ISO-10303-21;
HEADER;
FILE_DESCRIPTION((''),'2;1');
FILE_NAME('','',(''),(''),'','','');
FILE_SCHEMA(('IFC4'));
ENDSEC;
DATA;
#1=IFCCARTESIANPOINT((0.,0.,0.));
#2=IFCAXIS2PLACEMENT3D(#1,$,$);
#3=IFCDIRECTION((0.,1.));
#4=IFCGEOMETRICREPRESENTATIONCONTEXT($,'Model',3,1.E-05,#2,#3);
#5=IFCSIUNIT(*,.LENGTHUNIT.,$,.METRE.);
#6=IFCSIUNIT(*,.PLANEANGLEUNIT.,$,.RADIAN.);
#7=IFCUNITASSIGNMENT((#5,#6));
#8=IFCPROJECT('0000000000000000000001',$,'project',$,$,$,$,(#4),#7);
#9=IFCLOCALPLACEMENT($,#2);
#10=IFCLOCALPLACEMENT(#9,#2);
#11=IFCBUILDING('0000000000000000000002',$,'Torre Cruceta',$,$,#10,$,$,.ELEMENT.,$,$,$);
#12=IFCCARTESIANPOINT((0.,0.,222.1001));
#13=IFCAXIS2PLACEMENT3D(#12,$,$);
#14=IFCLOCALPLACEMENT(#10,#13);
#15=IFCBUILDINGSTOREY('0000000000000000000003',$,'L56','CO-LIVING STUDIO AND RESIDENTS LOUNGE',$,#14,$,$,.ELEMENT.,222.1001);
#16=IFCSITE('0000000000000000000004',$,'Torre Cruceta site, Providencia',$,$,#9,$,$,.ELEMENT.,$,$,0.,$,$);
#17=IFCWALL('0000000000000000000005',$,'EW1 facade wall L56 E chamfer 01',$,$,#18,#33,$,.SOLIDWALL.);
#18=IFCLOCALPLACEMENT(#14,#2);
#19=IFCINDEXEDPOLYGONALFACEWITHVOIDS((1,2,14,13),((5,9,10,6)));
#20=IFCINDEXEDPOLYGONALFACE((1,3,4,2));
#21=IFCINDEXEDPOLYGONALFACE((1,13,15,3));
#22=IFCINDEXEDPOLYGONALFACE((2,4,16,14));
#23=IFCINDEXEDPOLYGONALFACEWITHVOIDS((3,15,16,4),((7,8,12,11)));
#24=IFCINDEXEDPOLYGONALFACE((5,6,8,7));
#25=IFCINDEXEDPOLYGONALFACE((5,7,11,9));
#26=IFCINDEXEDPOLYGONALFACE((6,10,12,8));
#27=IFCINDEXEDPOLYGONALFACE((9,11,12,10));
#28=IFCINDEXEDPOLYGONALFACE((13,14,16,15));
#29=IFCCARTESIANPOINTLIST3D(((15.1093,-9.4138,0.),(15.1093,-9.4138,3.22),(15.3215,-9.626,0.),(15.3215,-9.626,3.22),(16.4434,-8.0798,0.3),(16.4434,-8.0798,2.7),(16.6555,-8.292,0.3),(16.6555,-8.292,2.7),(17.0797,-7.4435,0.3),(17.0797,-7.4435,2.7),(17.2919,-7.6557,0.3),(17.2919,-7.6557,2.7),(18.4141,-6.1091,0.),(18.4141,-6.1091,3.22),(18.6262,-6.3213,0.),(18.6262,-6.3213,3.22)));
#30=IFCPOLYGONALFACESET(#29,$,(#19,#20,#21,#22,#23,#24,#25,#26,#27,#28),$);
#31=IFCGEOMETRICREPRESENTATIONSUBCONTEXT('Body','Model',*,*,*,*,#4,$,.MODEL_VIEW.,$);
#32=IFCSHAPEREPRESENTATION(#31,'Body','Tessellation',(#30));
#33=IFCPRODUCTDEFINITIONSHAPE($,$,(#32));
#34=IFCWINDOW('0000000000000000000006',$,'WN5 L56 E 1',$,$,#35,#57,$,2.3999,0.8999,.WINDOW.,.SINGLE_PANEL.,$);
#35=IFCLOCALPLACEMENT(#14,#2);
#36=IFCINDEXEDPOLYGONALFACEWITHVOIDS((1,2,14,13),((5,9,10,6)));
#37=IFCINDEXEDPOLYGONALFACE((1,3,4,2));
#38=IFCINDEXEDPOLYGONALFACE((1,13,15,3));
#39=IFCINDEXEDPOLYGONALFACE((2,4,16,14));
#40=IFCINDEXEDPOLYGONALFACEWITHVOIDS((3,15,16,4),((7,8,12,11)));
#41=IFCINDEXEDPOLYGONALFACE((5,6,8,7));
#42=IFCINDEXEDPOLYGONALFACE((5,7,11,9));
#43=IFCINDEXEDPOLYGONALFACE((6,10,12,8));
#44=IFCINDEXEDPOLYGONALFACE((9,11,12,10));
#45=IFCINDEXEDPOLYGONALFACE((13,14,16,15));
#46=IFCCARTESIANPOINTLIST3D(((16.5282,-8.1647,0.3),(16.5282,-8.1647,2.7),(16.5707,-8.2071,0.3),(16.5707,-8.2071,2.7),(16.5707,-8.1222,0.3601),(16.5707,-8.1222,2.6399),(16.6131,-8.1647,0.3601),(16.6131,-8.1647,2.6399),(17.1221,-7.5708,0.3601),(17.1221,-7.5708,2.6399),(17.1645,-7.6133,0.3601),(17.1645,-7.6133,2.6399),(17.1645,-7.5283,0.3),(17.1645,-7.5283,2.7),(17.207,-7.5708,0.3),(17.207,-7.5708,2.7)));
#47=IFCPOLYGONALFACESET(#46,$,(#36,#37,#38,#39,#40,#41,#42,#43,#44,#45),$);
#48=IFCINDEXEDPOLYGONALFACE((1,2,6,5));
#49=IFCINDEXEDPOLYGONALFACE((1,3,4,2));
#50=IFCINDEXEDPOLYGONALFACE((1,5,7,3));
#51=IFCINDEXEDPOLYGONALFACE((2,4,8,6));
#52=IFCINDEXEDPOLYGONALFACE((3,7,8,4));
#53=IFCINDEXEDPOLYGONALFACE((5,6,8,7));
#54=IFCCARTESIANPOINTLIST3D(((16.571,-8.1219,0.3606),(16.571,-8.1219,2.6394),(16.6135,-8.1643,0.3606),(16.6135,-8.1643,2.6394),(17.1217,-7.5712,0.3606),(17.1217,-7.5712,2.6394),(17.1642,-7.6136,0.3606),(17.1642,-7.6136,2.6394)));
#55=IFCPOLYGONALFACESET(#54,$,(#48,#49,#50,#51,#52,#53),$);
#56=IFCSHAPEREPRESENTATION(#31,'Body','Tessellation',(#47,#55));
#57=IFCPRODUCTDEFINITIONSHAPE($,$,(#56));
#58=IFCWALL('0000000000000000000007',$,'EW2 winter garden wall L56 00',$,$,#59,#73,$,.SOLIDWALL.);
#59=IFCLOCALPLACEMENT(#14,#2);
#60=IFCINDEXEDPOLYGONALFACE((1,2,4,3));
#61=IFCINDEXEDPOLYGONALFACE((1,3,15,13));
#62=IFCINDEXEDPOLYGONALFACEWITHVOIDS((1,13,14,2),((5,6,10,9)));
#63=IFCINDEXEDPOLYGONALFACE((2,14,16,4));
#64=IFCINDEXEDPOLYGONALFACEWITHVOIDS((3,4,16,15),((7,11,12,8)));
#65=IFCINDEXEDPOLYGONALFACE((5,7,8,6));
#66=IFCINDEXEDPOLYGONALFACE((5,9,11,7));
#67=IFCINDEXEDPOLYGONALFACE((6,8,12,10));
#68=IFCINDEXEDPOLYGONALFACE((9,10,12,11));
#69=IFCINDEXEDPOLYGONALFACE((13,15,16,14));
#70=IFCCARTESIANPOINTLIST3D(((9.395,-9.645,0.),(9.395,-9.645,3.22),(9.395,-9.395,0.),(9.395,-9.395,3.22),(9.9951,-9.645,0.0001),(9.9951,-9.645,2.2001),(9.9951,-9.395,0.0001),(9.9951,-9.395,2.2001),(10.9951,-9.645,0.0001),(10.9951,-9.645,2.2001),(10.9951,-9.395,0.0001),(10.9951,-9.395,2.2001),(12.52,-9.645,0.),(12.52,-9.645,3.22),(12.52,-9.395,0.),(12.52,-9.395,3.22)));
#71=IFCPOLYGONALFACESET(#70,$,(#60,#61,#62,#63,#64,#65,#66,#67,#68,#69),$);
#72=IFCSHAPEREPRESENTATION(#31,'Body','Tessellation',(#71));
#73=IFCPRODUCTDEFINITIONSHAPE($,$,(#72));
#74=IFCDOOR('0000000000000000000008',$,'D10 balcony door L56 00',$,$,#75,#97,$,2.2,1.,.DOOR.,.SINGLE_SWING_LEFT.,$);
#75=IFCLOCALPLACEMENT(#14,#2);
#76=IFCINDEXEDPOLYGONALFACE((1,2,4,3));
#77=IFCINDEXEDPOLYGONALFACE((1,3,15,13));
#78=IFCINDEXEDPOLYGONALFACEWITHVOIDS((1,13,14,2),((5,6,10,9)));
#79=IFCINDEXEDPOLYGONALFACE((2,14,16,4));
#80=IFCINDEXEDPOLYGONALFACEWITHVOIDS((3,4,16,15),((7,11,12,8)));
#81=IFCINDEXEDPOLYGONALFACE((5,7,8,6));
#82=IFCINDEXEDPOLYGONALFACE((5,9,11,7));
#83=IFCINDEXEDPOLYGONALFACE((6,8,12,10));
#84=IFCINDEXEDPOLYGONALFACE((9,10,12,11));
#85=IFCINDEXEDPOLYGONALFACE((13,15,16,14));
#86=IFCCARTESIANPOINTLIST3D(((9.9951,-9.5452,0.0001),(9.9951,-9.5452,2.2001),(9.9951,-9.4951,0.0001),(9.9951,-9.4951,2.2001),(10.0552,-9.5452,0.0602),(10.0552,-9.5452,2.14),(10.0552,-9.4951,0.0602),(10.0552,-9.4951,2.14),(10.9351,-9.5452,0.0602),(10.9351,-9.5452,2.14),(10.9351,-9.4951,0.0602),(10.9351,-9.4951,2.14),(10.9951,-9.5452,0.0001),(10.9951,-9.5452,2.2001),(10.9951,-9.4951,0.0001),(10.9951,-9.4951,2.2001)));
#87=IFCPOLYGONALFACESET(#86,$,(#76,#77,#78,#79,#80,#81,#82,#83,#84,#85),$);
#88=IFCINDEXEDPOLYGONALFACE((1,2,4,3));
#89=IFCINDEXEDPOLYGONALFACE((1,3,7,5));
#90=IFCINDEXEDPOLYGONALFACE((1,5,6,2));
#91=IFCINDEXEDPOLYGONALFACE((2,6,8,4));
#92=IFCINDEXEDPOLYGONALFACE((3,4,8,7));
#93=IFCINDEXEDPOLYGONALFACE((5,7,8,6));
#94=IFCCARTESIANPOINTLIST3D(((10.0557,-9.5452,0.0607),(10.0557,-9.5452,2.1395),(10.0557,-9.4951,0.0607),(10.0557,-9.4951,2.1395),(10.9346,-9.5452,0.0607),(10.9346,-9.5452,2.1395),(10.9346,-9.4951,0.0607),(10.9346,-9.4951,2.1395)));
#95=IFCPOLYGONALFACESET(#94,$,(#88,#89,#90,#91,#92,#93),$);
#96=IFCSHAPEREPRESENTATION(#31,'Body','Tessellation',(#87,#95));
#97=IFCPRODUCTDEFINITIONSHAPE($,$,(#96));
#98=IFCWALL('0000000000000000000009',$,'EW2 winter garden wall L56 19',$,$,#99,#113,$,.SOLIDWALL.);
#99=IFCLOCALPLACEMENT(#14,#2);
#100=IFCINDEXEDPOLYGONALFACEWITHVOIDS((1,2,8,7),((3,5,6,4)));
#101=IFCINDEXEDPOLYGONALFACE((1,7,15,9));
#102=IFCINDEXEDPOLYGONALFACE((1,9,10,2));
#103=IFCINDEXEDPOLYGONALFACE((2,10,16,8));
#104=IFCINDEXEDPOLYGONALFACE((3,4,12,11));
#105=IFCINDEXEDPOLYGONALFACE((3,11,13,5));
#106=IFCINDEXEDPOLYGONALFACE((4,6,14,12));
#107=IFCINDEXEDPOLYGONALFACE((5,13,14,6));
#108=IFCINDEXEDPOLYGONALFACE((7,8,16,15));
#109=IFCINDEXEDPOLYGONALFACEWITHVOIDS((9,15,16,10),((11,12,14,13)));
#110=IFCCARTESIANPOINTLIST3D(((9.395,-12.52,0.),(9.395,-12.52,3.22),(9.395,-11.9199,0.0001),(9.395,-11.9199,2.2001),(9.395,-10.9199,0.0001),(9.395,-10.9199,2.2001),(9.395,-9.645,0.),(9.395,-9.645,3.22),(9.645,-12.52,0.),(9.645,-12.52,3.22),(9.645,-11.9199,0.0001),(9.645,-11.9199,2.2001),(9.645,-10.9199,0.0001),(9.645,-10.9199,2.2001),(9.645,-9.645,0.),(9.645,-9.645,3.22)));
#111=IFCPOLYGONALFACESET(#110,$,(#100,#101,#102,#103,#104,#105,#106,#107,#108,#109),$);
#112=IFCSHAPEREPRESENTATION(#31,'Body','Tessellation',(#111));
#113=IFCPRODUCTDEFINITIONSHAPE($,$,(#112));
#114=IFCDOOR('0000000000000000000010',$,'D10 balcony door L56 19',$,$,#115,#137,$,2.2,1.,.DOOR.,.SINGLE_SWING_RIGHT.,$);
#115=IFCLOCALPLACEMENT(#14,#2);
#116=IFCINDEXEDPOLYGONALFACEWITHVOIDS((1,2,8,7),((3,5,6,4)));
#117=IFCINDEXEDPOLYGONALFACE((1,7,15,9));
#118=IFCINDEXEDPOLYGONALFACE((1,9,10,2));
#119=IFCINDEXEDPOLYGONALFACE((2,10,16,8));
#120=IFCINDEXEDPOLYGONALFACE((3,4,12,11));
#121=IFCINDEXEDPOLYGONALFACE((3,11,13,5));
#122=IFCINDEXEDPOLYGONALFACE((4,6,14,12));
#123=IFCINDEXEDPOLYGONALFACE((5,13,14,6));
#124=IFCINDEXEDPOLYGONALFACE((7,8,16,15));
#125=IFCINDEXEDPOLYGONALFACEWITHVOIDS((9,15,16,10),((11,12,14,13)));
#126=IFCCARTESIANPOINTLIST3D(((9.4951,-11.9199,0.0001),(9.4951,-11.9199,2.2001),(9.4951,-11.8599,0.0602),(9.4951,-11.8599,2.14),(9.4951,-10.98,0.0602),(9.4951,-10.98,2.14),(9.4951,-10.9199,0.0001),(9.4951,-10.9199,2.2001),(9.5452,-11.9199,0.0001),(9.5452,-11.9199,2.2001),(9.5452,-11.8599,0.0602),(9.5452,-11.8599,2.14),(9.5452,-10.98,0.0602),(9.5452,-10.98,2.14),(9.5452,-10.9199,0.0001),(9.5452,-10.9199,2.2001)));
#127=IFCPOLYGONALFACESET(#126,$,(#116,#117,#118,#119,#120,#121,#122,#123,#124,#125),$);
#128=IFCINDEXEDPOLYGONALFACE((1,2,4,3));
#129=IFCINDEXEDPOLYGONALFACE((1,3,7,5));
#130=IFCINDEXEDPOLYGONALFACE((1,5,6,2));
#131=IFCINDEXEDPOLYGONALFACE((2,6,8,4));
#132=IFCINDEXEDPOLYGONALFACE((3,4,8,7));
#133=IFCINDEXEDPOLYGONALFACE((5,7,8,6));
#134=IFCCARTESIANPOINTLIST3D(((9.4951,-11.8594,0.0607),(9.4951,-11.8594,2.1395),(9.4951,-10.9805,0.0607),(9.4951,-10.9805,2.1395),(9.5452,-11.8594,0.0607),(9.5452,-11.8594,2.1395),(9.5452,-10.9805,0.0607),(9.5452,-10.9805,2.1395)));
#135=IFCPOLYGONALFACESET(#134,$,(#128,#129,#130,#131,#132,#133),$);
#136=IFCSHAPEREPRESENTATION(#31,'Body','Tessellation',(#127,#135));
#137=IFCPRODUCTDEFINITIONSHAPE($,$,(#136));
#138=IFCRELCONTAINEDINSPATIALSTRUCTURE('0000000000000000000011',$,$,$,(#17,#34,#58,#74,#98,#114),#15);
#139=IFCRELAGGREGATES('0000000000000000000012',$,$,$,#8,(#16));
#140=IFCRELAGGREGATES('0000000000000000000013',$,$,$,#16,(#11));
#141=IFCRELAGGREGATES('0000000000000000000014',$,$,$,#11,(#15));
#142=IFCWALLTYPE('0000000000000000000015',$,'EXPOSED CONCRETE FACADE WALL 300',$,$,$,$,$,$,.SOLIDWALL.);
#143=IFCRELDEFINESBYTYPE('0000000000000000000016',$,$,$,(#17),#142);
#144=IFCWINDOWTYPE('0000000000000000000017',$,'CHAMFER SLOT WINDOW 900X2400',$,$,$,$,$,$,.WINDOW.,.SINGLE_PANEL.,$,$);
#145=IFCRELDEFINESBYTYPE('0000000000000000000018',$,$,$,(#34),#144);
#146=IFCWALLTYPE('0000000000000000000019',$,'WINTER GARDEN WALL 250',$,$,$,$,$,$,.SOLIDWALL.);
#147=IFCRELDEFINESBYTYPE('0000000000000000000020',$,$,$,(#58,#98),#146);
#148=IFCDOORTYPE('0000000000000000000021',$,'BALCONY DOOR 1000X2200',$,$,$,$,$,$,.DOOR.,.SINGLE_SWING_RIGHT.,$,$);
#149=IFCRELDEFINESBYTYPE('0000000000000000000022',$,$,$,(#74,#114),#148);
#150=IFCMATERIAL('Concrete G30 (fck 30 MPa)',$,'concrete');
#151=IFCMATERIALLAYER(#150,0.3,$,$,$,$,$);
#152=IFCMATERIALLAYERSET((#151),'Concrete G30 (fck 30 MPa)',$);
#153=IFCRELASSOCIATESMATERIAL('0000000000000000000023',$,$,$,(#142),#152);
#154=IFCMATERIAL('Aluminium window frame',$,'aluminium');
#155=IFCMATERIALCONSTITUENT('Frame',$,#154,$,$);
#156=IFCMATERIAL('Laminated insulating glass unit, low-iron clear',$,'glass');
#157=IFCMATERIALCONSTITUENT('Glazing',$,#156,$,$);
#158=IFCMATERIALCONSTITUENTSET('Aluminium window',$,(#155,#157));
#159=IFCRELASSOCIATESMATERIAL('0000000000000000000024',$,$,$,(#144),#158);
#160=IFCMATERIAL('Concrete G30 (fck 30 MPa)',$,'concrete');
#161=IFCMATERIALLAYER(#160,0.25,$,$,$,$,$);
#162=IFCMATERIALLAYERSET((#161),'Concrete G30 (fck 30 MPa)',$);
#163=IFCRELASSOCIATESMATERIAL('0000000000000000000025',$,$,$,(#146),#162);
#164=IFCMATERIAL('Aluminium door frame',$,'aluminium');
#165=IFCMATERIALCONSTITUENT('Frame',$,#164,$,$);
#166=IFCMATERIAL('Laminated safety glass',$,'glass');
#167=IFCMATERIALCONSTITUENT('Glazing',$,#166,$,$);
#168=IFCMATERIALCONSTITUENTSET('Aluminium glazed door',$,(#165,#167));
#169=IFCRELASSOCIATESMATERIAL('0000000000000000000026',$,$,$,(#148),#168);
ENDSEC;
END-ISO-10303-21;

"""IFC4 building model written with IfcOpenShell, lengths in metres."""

from ifc_helpers import new_model, si_unit, direction, frame, frame_2d, origin, place, context, subcontext, project, spatial, rectangle, hollow_rectangle, extrude, material, layer, layer_set, constituent, constituent_set, type_object, element, fill, save


model = new_model("IFC4")

# Units and contexts
model_context = context("Model", 3, precision=1e-05, world=origin(), true_north=direction((0.0, 1.0)))
body_context = subcontext(model_context, "Body", "Model", "MODEL_VIEW")
ifc_project = project(units=[si_unit("LENGTHUNIT", "METRE"), si_unit("PLANEANGLEUNIT", "RADIAN")], contexts=[model_context])

# Site, building, storey
site_placement = place(None, origin())
site = spatial("IfcSite", under=ifc_project, at=site_placement, Name="Torre Cruceta site, Providencia", CompositionType="ELEMENT", RefElevation=0.0)
building_placement = place(site_placement, origin())
building = spatial("IfcBuilding", under=site, at=building_placement, Name="Torre Cruceta", CompositionType="ELEMENT")
storey_placement = place(building_placement, frame((0.0, 0.0, 222.1001)))
storey = spatial("IfcBuildingStorey", under=building, at=storey_placement, Name="L56", Description="CO-LIVING STUDIO AND RESIDENTS LOUNGE", CompositionType="ELEMENT", Elevation=222.1001)

# Wall, opening, window
ifc_material_1 = material(Name="Concrete G30 (fck 30 MPa)", Category="concrete")
ifc_layer_1 = layer(ifc_material_1, 0.3)
ifc_layer_set_1 = layer_set([ifc_layer_1], Name="Concrete G30 (fck 30 MPa)")
wall_type_1 = type_object("IfcWallType", Name="EXPOSED CONCRETE FACADE WALL 300", PredefinedType="SOLIDWALL", material=ifc_layer_set_1)
wall_1_placement = place(storey_placement, frame((15.2153, -9.52, 0.0), z_axis=(0.0, 0.0, 1.0), x_axis=(0.707107, 0.707107, 0.0)))
wall_1 = element("IfcWall", 1, at=wall_1_placement, inside=storey, type_object=wall_type_1, Name="EW1 facade wall L56 E chamfer 01", PredefinedType="SOLIDWALL", context=body_context, shape_type="SweptSolid", body=[
    extrude(rectangle(XDim=4.6736, YDim=0.3, at=frame_2d((2.3369, 0.0))), origin(), (0.0, 0.0, 1.0), 3.22),
])
opening_1_placement = place(wall_1_placement, frame((1.8867, 0.0, 0.3)))
opening_1 = element("IfcOpeningElement", 2, at=opening_1_placement, cuts=wall_1, PredefinedType="OPENING", context=body_context, shape_type="SweptSolid", body=[
    extrude(rectangle(XDim=0.8999, YDim=2.3999, at=frame_2d((0.45, 1.2))), frame((0.0, 0.1599, 0.0), z_axis=(0.0, -1.0, 0.0), x_axis=(1.0, 0.0, 0.0)), (0.0, 0.0, 1.0), 0.3201),
])
ifc_material_2 = material(Name="Aluminium window frame", Category="aluminium")
ifc_constituent_1 = constituent(ifc_material_2, Name="Frame")
ifc_material_3 = material(Name="Laminated insulating glass unit, low-iron clear", Category="glass")
ifc_constituent_2 = constituent(ifc_material_3, Name="Glazing")
ifc_constituent_set_1 = constituent_set(constituents=[ifc_constituent_1, ifc_constituent_2], Name="Aluminium window")
window_type = type_object("IfcWindowType", Name="CHAMFER SLOT WINDOW 900X2400", PartitioningType="SINGLE_PANEL", PredefinedType="WINDOW", material=ifc_constituent_set_1)
window_placement = place(opening_1_placement, origin())
window = element("IfcWindow", 3, at=window_placement, inside=storey, type_object=window_type, Name="WN5 L56 E 1", OverallHeight=2.3999, OverallWidth=0.8999, PartitioningType="SINGLE_PANEL", PredefinedType="WINDOW", context=body_context, shape_type="SweptSolid", body=[
    extrude(hollow_rectangle(XDim=0.8999, YDim=2.3999, WallThickness=0.0601, at=frame_2d((0.45, 1.2))), frame((0.0, 0.03, 0.0), z_axis=(0.0, -1.0, 0.0), x_axis=(1.0, 0.0, 0.0)), (0.0, 0.0, 1.0), 0.0601),
    extrude(rectangle(XDim=0.7788, YDim=2.2788, at=frame_2d((0.45, 1.2))), frame((0.0, 0.03, 0.0), z_axis=(0.0, -1.0, 0.0), x_axis=(1.0, 0.0, 0.0)), (0.0, 0.0, 1.0), 0.0601),
])
fill(opening_1, window)

# Walls, openings, doors
ifc_material_4 = material(Name="Concrete G30 (fck 30 MPa)", Category="concrete")
ifc_layer_2 = layer(ifc_material_4, 0.25)
ifc_layer_set_2 = layer_set([ifc_layer_2], Name="Concrete G30 (fck 30 MPa)")
wall_type_2 = type_object("IfcWallType", Name="WINTER GARDEN WALL 250", PredefinedType="SOLIDWALL", material=ifc_layer_set_2)
wall_2_placement = place(storey_placement, frame((9.395, -9.52, 0.0), z_axis=(0.0, 0.0, 1.0), x_axis=(1.0, 0.0, 0.0)))
wall_2 = element("IfcWall", 4, at=wall_2_placement, inside=storey, type_object=wall_type_2, Name="EW2 winter garden wall L56 00", PredefinedType="SOLIDWALL", context=body_context, shape_type="SweptSolid", body=[
    extrude(rectangle(XDim=3.125, YDim=0.25, at=frame_2d((1.5625, 0.0))), origin(), (0.0, 0.0, 1.0), 3.22),
])
opening_2_placement = place(wall_2_placement, frame((0.6001, 0.0, 0.0)))
opening_2 = element("IfcOpeningElement", 5, at=opening_2_placement, cuts=wall_2, PredefinedType="OPENING", context=body_context, shape_type="SweptSolid", body=[
    extrude(rectangle(XDim=1.0, YDim=2.2, at=frame_2d((0.5, 1.1001))), frame((0.0, 0.135, 0.0), z_axis=(0.0, -1.0, 0.0), x_axis=(1.0, 0.0, 0.0)), (0.0, 0.0, 1.0), 0.27),
])
ifc_material_5 = material(Name="Aluminium door frame", Category="aluminium")
ifc_constituent_3 = constituent(ifc_material_5, Name="Frame")
ifc_material_6 = material(Name="Laminated safety glass", Category="glass")
ifc_constituent_4 = constituent(ifc_material_6, Name="Glazing")
ifc_constituent_set_2 = constituent_set(constituents=[ifc_constituent_3, ifc_constituent_4], Name="Aluminium glazed door")
door_type_1 = type_object("IfcDoorType", Name="BALCONY DOOR 1000X2200", OperationType="SINGLE_SWING_RIGHT", PredefinedType="DOOR", material=ifc_constituent_set_2)
door_1_placement = place(opening_2_placement, origin())
door_1 = element("IfcDoor", 6, at=door_1_placement, inside=storey, type_object=door_type_1, Name="D10 balcony door L56 00", OperationType="SINGLE_SWING_LEFT", OverallHeight=2.2, OverallWidth=1.0, PredefinedType="DOOR", context=body_context, shape_type="SweptSolid", body=[
    extrude(hollow_rectangle(XDim=1.0, YDim=2.2, WallThickness=0.0601, at=frame_2d((0.5, 1.1001))), frame((0.0, 0.0249, 0.0), z_axis=(0.0, -1.0, 0.0), x_axis=(1.0, 0.0, 0.0)), (0.0, 0.0, 1.0), 0.05),
    extrude(rectangle(XDim=0.8789, YDim=2.0789, at=frame_2d((0.5, 1.1001))), frame((0.0, 0.0249, 0.0), z_axis=(0.0, -1.0, 0.0), x_axis=(1.0, 0.0, 0.0)), (0.0, 0.0, 1.0), 0.05),
])
fill(opening_2, door_1)
wall_3_placement = place(storey_placement, frame((9.52, -12.52, 0.0), z_axis=(0.0, 0.0, 1.0), x_axis=(0.0, 1.0, 0.0)))
wall_3 = element("IfcWall", 7, at=wall_3_placement, inside=storey, type_object=wall_type_2, Name="EW2 winter garden wall L56 19", PredefinedType="SOLIDWALL", context=body_context, shape_type="SweptSolid", body=[
    extrude(rectangle(XDim=2.875, YDim=0.25, at=frame_2d((1.4375, 0.0))), origin(), (0.0, 0.0, 1.0), 3.22),
])
opening_3_placement = place(wall_3_placement, frame((0.6001, 0.0, 0.0)))
opening_3 = element("IfcOpeningElement", 8, at=opening_3_placement, cuts=wall_3, PredefinedType="OPENING", context=body_context, shape_type="SweptSolid", body=[
    extrude(rectangle(XDim=1.0, YDim=2.2, at=frame_2d((0.5, 1.1001))), frame((0.0, 0.135, 0.0), z_axis=(0.0, -1.0, 0.0), x_axis=(1.0, 0.0, 0.0)), (0.0, 0.0, 1.0), 0.27),
])
door_2_placement = place(opening_3_placement, origin())
door_2 = element("IfcDoor", 9, at=door_2_placement, inside=storey, type_object=door_type_1, Name="D10 balcony door L56 19", OperationType="SINGLE_SWING_RIGHT", OverallHeight=2.2, OverallWidth=1.0, PredefinedType="DOOR", context=body_context, shape_type="SweptSolid", body=[
    extrude(hollow_rectangle(XDim=1.0, YDim=2.2, WallThickness=0.0601, at=frame_2d((0.5, 1.1001))), frame((0.0, 0.0249, 0.0), z_axis=(0.0, -1.0, 0.0), x_axis=(1.0, 0.0, 0.0)), (0.0, 0.0, 1.0), 0.05),
    extrude(rectangle(XDim=0.8789, YDim=2.0789, at=frame_2d((0.5, 1.1001))), frame((0.0, 0.0249, 0.0), z_axis=(0.0, -1.0, 0.0), x_axis=(1.0, 0.0, 0.0)), (0.0, 0.0, 1.0), 0.05),
])
fill(opening_3, door_2)

save(model, "model.ifc")
